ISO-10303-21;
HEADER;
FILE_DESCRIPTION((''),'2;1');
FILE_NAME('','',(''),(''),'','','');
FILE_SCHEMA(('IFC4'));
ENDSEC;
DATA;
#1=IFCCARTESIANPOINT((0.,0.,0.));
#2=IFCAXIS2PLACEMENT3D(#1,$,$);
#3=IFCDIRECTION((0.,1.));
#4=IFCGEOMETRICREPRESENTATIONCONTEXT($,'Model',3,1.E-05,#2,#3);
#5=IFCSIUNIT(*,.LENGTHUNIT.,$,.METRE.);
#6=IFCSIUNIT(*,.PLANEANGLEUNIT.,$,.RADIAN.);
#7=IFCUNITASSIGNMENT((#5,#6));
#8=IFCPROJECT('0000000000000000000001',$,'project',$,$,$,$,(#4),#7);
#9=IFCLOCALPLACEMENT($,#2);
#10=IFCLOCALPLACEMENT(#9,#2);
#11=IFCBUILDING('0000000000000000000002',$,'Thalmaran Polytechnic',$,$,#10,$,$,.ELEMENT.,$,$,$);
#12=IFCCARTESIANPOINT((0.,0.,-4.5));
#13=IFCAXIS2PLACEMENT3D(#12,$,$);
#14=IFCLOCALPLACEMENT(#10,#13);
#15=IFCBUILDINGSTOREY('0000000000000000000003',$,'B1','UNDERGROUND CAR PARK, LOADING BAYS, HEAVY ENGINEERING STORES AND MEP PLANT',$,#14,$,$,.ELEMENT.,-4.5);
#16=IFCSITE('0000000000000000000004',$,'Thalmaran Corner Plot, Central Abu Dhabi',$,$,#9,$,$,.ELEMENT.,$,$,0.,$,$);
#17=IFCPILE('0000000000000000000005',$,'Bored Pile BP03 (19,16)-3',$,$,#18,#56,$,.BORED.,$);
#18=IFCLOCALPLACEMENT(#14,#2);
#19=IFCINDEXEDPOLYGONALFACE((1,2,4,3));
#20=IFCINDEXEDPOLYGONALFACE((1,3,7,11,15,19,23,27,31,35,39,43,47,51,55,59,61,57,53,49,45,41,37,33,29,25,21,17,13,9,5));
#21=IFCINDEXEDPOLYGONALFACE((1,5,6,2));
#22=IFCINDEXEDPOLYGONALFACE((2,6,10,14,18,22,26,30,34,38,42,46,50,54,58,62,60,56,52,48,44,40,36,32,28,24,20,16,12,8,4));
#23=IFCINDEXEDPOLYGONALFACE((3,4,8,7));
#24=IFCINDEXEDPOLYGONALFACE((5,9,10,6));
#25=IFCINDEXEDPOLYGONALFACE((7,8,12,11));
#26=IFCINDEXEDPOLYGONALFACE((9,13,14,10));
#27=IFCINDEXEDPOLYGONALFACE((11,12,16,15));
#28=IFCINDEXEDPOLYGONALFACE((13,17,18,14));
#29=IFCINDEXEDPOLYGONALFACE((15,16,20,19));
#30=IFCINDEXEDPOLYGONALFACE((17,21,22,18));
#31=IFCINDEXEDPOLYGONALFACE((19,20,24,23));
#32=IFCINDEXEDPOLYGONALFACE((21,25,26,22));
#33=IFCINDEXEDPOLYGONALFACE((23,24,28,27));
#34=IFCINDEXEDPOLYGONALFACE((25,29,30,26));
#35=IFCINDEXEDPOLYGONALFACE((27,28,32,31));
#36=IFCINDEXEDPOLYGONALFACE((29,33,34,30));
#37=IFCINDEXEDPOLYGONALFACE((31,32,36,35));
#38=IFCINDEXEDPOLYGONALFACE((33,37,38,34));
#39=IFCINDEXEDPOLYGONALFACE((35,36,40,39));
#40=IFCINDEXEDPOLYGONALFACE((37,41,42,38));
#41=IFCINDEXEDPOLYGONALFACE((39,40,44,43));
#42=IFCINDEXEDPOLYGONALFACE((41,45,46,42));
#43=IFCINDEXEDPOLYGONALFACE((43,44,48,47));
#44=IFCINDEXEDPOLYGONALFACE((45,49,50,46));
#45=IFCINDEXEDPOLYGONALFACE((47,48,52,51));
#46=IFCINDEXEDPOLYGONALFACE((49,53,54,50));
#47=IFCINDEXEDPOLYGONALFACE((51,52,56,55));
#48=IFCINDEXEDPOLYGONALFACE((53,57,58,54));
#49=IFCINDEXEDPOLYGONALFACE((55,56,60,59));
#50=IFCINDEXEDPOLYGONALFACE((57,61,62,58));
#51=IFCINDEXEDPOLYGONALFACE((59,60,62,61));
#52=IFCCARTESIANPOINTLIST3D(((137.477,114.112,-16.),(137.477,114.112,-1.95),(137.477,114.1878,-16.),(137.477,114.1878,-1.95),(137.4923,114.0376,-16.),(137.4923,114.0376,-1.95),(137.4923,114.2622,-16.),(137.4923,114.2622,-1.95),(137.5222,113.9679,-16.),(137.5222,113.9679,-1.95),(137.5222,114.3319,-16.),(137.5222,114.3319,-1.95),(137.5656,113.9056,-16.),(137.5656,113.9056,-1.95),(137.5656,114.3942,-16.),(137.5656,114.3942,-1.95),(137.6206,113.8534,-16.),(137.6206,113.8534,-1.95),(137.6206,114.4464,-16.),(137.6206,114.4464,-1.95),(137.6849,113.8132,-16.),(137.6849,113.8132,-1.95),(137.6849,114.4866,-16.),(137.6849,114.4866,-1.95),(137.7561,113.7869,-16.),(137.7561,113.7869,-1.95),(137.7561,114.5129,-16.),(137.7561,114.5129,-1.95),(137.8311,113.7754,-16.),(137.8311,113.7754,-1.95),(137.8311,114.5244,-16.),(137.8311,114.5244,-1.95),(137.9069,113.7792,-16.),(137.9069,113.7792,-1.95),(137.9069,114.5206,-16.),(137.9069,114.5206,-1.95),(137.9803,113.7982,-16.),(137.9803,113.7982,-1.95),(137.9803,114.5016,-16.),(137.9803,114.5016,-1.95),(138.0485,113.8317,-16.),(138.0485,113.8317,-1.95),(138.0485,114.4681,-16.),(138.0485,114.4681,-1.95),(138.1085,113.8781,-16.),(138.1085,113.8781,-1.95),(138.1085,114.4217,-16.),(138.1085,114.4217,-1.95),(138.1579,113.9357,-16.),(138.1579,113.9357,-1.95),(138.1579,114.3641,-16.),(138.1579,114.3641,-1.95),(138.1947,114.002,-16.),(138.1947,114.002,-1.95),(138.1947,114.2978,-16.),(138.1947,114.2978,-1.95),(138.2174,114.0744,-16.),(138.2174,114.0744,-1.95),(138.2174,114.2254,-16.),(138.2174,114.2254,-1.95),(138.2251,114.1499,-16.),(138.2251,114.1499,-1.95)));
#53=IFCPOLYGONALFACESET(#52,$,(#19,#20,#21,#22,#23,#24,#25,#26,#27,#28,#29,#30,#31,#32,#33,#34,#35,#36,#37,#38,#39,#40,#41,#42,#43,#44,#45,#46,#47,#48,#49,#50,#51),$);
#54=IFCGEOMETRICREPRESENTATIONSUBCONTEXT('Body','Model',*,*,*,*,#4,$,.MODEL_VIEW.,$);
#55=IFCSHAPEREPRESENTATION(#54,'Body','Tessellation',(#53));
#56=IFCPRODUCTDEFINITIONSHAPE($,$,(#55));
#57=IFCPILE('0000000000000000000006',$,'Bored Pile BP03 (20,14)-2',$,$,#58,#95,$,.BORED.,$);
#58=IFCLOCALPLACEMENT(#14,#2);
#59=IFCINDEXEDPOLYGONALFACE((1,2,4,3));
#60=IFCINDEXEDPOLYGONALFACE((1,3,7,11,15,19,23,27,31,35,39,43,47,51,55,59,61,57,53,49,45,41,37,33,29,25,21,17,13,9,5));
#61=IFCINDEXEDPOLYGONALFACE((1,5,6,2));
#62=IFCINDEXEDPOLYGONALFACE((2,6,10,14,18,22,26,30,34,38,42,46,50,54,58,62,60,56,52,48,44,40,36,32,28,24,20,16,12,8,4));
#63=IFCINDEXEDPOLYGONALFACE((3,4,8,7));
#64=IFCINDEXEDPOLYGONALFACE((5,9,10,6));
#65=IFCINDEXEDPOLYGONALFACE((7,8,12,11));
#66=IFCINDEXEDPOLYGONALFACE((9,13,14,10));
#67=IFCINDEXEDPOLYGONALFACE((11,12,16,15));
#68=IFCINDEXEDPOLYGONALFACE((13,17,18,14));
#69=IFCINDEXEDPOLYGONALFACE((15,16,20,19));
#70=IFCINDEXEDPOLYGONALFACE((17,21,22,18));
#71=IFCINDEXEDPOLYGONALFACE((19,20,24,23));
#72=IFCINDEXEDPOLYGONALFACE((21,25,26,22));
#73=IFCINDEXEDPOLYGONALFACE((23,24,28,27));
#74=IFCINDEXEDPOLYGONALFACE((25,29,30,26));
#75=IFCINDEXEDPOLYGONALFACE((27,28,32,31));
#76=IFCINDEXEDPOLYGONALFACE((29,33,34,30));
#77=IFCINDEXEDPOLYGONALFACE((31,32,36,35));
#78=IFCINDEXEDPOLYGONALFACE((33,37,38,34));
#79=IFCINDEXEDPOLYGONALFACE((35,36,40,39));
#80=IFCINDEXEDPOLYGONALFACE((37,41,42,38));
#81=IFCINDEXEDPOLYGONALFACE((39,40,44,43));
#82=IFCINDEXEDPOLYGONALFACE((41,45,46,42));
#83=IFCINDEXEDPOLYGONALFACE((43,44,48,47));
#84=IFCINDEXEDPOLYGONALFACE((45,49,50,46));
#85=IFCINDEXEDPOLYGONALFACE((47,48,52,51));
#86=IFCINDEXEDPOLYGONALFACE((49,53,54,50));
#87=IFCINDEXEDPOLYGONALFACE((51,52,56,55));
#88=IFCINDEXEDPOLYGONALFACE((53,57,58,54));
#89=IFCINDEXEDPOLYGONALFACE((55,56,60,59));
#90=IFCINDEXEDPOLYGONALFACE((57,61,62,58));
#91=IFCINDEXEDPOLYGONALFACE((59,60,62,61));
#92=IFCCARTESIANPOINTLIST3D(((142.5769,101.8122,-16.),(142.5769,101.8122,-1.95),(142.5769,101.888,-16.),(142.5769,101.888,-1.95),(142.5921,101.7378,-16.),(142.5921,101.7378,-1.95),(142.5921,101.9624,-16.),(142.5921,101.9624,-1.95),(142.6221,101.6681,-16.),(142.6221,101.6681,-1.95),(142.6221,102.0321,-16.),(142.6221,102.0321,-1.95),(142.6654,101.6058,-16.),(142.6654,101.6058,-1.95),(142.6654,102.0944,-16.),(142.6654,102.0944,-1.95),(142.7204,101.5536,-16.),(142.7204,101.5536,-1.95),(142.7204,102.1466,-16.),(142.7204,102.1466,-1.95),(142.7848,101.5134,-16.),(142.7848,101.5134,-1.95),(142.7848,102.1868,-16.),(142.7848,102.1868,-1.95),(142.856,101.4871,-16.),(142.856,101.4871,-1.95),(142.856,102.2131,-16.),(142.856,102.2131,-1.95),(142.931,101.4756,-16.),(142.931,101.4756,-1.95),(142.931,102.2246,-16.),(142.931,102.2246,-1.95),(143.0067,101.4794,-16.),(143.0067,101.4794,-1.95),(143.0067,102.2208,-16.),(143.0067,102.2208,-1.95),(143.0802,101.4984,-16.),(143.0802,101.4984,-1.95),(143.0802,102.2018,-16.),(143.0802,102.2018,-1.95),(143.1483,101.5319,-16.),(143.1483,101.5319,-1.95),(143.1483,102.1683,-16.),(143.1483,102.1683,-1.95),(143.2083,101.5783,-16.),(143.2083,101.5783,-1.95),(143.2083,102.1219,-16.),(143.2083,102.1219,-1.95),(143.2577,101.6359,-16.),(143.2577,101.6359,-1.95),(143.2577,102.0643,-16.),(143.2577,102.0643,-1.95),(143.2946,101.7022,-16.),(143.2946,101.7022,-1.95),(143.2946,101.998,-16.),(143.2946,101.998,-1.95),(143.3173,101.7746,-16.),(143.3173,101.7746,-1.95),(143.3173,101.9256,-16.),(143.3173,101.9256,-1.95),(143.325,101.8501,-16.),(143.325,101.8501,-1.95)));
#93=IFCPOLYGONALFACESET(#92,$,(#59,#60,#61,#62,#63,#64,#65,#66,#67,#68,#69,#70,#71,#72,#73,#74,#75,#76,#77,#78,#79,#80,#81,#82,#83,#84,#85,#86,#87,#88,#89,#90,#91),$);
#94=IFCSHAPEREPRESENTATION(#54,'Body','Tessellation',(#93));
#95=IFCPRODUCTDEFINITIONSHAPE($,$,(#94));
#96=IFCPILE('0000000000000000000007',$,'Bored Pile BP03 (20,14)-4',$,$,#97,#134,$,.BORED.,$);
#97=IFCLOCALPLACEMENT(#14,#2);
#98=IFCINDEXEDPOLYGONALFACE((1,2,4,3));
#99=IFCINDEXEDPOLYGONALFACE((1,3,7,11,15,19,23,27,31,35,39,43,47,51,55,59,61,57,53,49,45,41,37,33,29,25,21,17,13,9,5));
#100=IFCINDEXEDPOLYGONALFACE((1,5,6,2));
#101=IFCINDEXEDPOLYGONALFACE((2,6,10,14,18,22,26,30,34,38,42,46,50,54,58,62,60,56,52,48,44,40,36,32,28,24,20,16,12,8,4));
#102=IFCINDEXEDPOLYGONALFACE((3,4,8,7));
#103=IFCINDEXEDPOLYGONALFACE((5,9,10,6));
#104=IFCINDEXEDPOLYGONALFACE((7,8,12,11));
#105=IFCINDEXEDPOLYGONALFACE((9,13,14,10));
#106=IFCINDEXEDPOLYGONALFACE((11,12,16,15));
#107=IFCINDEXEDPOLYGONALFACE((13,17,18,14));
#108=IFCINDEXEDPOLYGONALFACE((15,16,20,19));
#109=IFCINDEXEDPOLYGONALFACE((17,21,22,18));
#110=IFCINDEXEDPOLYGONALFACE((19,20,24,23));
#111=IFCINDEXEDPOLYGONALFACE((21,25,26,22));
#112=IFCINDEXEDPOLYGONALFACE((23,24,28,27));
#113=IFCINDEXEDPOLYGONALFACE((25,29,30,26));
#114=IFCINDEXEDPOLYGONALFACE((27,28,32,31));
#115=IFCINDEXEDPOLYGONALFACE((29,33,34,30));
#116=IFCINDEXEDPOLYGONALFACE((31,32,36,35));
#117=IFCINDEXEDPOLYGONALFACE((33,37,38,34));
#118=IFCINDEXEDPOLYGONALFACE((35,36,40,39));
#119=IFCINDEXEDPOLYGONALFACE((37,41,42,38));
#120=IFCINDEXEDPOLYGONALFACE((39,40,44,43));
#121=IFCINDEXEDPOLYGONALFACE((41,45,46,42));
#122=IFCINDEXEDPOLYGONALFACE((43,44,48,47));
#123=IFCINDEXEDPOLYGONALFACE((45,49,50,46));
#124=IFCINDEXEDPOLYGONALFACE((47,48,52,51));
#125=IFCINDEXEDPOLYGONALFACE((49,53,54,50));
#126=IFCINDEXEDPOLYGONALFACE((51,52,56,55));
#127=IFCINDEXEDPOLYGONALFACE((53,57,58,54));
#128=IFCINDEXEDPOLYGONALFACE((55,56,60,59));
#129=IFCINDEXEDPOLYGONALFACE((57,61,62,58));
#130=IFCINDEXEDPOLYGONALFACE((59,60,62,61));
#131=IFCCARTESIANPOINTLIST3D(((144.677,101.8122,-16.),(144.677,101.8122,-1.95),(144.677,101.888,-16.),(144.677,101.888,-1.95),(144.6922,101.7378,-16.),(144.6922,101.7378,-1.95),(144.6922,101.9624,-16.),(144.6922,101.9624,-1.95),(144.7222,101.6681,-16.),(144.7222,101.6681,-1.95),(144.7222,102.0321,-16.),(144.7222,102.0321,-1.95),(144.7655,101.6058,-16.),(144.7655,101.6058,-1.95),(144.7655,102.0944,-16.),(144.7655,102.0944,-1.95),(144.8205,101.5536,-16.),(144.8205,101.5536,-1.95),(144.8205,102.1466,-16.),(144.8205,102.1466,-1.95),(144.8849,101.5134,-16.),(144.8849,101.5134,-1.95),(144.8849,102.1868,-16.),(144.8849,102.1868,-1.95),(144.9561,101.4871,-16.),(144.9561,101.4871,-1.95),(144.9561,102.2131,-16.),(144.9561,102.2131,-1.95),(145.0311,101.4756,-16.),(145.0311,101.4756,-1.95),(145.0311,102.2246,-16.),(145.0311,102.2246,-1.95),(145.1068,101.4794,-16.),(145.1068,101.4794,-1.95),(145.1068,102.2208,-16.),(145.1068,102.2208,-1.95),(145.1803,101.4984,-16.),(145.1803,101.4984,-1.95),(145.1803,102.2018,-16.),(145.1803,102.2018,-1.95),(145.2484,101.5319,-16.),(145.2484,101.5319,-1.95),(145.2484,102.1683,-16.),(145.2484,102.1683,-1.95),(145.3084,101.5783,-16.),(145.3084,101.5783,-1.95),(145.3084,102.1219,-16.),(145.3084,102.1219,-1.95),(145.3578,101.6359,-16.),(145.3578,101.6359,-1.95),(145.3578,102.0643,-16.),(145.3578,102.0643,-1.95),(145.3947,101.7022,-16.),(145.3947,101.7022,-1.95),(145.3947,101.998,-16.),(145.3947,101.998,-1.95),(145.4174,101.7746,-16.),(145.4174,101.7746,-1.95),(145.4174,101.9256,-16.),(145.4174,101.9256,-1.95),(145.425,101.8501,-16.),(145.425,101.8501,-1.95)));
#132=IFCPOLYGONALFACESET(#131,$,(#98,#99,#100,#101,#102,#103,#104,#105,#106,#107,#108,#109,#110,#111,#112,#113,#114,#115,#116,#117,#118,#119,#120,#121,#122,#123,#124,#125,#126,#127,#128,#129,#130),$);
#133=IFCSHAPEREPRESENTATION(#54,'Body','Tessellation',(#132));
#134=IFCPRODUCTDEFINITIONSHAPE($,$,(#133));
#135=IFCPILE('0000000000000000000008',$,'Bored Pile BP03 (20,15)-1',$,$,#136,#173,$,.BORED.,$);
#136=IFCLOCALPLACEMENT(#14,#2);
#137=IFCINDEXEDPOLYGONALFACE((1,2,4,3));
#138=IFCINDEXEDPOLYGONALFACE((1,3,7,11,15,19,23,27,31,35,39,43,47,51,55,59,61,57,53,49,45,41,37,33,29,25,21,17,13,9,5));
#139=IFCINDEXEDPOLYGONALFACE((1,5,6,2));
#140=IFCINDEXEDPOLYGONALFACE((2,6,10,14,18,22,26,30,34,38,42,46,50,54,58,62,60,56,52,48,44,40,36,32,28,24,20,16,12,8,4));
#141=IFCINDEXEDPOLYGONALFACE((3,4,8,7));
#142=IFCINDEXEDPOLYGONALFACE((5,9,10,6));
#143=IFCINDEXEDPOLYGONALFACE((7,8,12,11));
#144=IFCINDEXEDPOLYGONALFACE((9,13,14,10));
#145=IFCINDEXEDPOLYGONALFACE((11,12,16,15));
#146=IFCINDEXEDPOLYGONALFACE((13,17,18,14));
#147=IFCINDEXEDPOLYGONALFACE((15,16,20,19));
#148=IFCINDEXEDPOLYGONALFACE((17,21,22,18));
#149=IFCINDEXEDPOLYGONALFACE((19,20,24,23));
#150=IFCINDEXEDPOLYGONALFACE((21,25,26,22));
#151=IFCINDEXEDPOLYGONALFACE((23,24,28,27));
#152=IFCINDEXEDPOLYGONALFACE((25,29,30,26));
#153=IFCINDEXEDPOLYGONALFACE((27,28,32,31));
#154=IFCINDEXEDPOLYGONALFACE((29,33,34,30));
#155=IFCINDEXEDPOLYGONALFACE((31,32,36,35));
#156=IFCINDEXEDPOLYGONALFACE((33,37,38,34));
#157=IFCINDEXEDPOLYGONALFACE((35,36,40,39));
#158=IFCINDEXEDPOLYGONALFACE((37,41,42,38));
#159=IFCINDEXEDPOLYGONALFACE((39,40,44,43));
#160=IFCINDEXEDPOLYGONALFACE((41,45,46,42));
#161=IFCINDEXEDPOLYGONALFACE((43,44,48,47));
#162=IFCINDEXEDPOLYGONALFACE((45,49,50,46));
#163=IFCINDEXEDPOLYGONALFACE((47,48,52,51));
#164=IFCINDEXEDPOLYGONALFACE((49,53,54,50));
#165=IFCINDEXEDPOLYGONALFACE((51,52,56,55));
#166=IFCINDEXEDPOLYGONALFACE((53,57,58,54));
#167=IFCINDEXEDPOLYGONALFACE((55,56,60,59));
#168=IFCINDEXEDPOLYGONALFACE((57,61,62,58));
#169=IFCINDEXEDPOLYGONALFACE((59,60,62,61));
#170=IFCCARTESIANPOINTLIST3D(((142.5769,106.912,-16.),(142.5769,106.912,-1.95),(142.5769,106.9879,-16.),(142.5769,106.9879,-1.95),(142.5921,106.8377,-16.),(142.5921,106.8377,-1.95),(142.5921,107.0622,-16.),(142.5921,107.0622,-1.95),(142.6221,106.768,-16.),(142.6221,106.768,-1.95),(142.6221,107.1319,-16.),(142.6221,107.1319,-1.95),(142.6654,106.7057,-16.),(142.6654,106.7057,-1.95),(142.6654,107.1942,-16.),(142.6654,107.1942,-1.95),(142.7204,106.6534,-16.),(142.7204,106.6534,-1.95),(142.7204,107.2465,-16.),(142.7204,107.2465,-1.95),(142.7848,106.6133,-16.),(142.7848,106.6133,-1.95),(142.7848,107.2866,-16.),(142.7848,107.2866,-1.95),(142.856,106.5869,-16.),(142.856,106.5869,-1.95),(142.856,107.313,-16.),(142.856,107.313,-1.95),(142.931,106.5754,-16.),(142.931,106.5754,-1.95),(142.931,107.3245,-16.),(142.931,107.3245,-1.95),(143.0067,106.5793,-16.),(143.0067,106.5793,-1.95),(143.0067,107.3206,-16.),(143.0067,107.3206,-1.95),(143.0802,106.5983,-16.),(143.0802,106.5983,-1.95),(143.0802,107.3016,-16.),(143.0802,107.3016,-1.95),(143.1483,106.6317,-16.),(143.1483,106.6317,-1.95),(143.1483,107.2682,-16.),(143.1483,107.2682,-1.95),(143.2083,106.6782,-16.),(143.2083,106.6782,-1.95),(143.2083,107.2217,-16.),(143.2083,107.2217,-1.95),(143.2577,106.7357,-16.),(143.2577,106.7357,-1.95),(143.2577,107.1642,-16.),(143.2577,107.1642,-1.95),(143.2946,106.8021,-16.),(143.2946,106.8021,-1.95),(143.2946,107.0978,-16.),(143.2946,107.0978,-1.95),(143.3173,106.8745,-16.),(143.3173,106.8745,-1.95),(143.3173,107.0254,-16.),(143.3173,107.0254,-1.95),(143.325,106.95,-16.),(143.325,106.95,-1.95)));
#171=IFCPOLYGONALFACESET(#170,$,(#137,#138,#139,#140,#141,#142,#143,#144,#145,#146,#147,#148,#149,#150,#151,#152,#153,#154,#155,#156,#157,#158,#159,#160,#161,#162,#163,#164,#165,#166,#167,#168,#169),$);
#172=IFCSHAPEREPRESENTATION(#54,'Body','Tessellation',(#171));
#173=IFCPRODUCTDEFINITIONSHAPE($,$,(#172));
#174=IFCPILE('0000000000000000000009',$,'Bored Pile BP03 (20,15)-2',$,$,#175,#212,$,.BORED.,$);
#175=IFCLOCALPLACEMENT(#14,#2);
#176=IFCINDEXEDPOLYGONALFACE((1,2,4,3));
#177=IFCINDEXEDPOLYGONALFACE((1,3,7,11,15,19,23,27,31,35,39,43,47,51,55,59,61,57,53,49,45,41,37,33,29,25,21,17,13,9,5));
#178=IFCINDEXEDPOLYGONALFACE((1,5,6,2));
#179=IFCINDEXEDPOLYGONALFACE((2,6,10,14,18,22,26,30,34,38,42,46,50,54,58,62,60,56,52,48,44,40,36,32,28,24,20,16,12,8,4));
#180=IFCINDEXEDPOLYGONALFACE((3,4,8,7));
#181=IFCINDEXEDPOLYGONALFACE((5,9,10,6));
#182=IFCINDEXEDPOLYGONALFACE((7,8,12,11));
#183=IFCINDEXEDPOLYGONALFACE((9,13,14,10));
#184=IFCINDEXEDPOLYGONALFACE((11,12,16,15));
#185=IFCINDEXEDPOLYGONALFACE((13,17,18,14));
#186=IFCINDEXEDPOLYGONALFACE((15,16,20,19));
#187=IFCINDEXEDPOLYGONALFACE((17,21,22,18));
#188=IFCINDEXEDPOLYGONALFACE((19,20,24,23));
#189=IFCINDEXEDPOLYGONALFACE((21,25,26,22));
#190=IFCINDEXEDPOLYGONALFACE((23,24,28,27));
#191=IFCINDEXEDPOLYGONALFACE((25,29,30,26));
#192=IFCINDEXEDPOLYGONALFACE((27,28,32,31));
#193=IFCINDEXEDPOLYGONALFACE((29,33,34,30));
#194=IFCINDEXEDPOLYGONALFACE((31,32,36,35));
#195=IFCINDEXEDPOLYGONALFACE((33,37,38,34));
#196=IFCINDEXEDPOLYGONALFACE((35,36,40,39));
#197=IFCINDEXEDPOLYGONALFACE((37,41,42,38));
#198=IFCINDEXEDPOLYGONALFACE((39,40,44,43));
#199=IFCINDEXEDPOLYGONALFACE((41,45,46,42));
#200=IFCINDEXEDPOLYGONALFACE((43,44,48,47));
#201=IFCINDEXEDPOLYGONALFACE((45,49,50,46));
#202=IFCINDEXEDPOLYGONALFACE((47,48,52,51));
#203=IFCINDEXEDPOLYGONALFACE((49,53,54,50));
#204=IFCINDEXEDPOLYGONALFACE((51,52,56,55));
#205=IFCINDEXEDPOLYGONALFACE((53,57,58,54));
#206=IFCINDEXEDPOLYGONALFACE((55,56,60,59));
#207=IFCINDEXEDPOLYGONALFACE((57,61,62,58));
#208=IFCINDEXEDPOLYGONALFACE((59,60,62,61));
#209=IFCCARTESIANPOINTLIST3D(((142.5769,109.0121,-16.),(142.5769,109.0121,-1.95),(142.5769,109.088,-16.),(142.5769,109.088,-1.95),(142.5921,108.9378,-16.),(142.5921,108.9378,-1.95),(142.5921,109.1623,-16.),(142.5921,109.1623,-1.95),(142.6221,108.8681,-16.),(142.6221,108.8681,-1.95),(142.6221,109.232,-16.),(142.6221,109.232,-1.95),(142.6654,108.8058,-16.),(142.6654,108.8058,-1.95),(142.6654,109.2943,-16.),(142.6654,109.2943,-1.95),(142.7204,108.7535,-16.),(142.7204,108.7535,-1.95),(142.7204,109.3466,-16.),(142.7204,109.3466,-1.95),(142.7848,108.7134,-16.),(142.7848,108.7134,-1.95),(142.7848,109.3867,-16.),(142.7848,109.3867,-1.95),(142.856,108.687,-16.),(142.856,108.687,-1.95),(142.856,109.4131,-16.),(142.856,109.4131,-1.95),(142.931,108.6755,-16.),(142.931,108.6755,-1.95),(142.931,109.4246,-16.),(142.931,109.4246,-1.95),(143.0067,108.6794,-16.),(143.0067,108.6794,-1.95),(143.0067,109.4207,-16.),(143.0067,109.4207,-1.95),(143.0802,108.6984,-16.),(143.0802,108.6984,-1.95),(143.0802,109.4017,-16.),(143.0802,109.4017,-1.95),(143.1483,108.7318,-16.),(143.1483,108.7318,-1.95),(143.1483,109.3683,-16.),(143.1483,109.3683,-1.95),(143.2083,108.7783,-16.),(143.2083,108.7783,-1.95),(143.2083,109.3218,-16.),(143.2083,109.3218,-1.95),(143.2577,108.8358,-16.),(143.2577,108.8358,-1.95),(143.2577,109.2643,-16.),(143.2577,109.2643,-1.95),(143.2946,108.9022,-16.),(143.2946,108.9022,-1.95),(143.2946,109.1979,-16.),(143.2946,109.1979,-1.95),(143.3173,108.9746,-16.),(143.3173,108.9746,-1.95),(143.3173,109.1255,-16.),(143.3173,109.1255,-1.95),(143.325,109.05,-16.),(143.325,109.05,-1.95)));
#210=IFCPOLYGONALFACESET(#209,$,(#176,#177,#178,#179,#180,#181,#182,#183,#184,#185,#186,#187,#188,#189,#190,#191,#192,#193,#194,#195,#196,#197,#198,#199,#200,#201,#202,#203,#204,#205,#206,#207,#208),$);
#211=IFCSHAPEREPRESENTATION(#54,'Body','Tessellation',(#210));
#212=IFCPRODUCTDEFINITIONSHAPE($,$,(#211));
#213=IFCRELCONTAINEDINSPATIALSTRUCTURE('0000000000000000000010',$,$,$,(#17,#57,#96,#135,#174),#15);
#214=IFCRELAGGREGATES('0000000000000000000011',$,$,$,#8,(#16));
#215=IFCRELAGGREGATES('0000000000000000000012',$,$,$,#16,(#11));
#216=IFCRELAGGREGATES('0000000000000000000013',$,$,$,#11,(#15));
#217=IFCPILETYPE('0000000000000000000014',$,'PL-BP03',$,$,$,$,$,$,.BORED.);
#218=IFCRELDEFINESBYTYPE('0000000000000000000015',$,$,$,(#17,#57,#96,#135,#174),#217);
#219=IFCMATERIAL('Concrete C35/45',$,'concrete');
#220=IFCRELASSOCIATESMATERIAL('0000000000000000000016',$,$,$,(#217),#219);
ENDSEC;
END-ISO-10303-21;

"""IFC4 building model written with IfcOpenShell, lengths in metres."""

from ifc_helpers import new_model, si_unit, direction, frame, origin, origin_2d, place, context, subcontext, project, spatial, circle, extrude, material, material_profile, profile_set, type_object, element, save


model = new_model("IFC4")

# Units and contexts
model_context = context("Model", 3, precision=1e-05, world=origin(), true_north=direction((0.0, 1.0)))
body_context = subcontext(model_context, "Body", "Model", "MODEL_VIEW")
ifc_project = project(units=[si_unit("LENGTHUNIT", "METRE"), si_unit("PLANEANGLEUNIT", "RADIAN")], contexts=[model_context])

# Site, building, storey
site_placement = place(None, origin())
site = spatial("IfcSite", under=ifc_project, at=site_placement, Name="Thalmaran Corner Plot, Central Abu Dhabi", CompositionType="ELEMENT", RefElevation=0.0)
building_placement = place(site_placement, origin())
building = spatial("IfcBuilding", under=site, at=building_placement, Name="Thalmaran Polytechnic", CompositionType="ELEMENT")
storey_placement = place(building_placement, frame((0.0, 0.0, -4.5)))
storey = spatial("IfcBuildingStorey", under=building, at=storey_placement, Name="B1", Description="UNDERGROUND CAR PARK, LOADING BAYS, HEAVY ENGINEERING STORES AND MEP PLANT", CompositionType="ELEMENT", Elevation=-4.5)

# Piles
ifc_material_1 = material(Name="Concrete C35/45", Category="concrete")
ifc_material_profile_1 = material_profile(ifc_material_1, circle(Radius=0.375, at=origin_2d()), Name="RC 750 DIA")
ifc_profile_set_1 = profile_set([ifc_material_profile_1], Name="Concrete C35/45")
pile_type = type_object("IfcPileType", Name="PL-BP03", PredefinedType="BORED", material=ifc_profile_set_1)
for number, where, z_axis, x_axis, name in (
    (1, (137.8501, 114.1499, -1.95), (0.0, 0.0, -1.0), (1.0, 0.0, 0.0), "Bored Pile BP03 (19,16)-3"),
    (2, (142.95, 101.8501, -1.95), (0.0, 0.0, -1.0), (1.0, 0.0, 0.0), "Bored Pile BP03 (20,14)-2"),
    (3, (145.05, 101.8501, -1.95), (0.0, 0.0, -1.0), (1.0, 0.0, 0.0), "Bored Pile BP03 (20,14)-4"),
    (4, (142.95, 106.95, -1.95), (0.0, 0.0, -1.0), (1.0, 0.0, 0.0), "Bored Pile BP03 (20,15)-1"),
    (5, (142.95, 109.05, -1.95), (0.0, 0.0, -1.0), (1.0, 0.0, 0.0), "Bored Pile BP03 (20,15)-2"),
):
    element("IfcPile", number, at=place(storey_placement, frame(where, z_axis=z_axis, x_axis=x_axis)), inside=storey, type_object=pile_type, Name=name, PredefinedType="BORED", context=body_context, shape_type="SweptSolid", body=[
        extrude(circle(Radius=0.375, at=origin_2d()), origin(), (0.0, 0.0, 1.0), 14.05),
    ])

save(model, "model.ifc")
